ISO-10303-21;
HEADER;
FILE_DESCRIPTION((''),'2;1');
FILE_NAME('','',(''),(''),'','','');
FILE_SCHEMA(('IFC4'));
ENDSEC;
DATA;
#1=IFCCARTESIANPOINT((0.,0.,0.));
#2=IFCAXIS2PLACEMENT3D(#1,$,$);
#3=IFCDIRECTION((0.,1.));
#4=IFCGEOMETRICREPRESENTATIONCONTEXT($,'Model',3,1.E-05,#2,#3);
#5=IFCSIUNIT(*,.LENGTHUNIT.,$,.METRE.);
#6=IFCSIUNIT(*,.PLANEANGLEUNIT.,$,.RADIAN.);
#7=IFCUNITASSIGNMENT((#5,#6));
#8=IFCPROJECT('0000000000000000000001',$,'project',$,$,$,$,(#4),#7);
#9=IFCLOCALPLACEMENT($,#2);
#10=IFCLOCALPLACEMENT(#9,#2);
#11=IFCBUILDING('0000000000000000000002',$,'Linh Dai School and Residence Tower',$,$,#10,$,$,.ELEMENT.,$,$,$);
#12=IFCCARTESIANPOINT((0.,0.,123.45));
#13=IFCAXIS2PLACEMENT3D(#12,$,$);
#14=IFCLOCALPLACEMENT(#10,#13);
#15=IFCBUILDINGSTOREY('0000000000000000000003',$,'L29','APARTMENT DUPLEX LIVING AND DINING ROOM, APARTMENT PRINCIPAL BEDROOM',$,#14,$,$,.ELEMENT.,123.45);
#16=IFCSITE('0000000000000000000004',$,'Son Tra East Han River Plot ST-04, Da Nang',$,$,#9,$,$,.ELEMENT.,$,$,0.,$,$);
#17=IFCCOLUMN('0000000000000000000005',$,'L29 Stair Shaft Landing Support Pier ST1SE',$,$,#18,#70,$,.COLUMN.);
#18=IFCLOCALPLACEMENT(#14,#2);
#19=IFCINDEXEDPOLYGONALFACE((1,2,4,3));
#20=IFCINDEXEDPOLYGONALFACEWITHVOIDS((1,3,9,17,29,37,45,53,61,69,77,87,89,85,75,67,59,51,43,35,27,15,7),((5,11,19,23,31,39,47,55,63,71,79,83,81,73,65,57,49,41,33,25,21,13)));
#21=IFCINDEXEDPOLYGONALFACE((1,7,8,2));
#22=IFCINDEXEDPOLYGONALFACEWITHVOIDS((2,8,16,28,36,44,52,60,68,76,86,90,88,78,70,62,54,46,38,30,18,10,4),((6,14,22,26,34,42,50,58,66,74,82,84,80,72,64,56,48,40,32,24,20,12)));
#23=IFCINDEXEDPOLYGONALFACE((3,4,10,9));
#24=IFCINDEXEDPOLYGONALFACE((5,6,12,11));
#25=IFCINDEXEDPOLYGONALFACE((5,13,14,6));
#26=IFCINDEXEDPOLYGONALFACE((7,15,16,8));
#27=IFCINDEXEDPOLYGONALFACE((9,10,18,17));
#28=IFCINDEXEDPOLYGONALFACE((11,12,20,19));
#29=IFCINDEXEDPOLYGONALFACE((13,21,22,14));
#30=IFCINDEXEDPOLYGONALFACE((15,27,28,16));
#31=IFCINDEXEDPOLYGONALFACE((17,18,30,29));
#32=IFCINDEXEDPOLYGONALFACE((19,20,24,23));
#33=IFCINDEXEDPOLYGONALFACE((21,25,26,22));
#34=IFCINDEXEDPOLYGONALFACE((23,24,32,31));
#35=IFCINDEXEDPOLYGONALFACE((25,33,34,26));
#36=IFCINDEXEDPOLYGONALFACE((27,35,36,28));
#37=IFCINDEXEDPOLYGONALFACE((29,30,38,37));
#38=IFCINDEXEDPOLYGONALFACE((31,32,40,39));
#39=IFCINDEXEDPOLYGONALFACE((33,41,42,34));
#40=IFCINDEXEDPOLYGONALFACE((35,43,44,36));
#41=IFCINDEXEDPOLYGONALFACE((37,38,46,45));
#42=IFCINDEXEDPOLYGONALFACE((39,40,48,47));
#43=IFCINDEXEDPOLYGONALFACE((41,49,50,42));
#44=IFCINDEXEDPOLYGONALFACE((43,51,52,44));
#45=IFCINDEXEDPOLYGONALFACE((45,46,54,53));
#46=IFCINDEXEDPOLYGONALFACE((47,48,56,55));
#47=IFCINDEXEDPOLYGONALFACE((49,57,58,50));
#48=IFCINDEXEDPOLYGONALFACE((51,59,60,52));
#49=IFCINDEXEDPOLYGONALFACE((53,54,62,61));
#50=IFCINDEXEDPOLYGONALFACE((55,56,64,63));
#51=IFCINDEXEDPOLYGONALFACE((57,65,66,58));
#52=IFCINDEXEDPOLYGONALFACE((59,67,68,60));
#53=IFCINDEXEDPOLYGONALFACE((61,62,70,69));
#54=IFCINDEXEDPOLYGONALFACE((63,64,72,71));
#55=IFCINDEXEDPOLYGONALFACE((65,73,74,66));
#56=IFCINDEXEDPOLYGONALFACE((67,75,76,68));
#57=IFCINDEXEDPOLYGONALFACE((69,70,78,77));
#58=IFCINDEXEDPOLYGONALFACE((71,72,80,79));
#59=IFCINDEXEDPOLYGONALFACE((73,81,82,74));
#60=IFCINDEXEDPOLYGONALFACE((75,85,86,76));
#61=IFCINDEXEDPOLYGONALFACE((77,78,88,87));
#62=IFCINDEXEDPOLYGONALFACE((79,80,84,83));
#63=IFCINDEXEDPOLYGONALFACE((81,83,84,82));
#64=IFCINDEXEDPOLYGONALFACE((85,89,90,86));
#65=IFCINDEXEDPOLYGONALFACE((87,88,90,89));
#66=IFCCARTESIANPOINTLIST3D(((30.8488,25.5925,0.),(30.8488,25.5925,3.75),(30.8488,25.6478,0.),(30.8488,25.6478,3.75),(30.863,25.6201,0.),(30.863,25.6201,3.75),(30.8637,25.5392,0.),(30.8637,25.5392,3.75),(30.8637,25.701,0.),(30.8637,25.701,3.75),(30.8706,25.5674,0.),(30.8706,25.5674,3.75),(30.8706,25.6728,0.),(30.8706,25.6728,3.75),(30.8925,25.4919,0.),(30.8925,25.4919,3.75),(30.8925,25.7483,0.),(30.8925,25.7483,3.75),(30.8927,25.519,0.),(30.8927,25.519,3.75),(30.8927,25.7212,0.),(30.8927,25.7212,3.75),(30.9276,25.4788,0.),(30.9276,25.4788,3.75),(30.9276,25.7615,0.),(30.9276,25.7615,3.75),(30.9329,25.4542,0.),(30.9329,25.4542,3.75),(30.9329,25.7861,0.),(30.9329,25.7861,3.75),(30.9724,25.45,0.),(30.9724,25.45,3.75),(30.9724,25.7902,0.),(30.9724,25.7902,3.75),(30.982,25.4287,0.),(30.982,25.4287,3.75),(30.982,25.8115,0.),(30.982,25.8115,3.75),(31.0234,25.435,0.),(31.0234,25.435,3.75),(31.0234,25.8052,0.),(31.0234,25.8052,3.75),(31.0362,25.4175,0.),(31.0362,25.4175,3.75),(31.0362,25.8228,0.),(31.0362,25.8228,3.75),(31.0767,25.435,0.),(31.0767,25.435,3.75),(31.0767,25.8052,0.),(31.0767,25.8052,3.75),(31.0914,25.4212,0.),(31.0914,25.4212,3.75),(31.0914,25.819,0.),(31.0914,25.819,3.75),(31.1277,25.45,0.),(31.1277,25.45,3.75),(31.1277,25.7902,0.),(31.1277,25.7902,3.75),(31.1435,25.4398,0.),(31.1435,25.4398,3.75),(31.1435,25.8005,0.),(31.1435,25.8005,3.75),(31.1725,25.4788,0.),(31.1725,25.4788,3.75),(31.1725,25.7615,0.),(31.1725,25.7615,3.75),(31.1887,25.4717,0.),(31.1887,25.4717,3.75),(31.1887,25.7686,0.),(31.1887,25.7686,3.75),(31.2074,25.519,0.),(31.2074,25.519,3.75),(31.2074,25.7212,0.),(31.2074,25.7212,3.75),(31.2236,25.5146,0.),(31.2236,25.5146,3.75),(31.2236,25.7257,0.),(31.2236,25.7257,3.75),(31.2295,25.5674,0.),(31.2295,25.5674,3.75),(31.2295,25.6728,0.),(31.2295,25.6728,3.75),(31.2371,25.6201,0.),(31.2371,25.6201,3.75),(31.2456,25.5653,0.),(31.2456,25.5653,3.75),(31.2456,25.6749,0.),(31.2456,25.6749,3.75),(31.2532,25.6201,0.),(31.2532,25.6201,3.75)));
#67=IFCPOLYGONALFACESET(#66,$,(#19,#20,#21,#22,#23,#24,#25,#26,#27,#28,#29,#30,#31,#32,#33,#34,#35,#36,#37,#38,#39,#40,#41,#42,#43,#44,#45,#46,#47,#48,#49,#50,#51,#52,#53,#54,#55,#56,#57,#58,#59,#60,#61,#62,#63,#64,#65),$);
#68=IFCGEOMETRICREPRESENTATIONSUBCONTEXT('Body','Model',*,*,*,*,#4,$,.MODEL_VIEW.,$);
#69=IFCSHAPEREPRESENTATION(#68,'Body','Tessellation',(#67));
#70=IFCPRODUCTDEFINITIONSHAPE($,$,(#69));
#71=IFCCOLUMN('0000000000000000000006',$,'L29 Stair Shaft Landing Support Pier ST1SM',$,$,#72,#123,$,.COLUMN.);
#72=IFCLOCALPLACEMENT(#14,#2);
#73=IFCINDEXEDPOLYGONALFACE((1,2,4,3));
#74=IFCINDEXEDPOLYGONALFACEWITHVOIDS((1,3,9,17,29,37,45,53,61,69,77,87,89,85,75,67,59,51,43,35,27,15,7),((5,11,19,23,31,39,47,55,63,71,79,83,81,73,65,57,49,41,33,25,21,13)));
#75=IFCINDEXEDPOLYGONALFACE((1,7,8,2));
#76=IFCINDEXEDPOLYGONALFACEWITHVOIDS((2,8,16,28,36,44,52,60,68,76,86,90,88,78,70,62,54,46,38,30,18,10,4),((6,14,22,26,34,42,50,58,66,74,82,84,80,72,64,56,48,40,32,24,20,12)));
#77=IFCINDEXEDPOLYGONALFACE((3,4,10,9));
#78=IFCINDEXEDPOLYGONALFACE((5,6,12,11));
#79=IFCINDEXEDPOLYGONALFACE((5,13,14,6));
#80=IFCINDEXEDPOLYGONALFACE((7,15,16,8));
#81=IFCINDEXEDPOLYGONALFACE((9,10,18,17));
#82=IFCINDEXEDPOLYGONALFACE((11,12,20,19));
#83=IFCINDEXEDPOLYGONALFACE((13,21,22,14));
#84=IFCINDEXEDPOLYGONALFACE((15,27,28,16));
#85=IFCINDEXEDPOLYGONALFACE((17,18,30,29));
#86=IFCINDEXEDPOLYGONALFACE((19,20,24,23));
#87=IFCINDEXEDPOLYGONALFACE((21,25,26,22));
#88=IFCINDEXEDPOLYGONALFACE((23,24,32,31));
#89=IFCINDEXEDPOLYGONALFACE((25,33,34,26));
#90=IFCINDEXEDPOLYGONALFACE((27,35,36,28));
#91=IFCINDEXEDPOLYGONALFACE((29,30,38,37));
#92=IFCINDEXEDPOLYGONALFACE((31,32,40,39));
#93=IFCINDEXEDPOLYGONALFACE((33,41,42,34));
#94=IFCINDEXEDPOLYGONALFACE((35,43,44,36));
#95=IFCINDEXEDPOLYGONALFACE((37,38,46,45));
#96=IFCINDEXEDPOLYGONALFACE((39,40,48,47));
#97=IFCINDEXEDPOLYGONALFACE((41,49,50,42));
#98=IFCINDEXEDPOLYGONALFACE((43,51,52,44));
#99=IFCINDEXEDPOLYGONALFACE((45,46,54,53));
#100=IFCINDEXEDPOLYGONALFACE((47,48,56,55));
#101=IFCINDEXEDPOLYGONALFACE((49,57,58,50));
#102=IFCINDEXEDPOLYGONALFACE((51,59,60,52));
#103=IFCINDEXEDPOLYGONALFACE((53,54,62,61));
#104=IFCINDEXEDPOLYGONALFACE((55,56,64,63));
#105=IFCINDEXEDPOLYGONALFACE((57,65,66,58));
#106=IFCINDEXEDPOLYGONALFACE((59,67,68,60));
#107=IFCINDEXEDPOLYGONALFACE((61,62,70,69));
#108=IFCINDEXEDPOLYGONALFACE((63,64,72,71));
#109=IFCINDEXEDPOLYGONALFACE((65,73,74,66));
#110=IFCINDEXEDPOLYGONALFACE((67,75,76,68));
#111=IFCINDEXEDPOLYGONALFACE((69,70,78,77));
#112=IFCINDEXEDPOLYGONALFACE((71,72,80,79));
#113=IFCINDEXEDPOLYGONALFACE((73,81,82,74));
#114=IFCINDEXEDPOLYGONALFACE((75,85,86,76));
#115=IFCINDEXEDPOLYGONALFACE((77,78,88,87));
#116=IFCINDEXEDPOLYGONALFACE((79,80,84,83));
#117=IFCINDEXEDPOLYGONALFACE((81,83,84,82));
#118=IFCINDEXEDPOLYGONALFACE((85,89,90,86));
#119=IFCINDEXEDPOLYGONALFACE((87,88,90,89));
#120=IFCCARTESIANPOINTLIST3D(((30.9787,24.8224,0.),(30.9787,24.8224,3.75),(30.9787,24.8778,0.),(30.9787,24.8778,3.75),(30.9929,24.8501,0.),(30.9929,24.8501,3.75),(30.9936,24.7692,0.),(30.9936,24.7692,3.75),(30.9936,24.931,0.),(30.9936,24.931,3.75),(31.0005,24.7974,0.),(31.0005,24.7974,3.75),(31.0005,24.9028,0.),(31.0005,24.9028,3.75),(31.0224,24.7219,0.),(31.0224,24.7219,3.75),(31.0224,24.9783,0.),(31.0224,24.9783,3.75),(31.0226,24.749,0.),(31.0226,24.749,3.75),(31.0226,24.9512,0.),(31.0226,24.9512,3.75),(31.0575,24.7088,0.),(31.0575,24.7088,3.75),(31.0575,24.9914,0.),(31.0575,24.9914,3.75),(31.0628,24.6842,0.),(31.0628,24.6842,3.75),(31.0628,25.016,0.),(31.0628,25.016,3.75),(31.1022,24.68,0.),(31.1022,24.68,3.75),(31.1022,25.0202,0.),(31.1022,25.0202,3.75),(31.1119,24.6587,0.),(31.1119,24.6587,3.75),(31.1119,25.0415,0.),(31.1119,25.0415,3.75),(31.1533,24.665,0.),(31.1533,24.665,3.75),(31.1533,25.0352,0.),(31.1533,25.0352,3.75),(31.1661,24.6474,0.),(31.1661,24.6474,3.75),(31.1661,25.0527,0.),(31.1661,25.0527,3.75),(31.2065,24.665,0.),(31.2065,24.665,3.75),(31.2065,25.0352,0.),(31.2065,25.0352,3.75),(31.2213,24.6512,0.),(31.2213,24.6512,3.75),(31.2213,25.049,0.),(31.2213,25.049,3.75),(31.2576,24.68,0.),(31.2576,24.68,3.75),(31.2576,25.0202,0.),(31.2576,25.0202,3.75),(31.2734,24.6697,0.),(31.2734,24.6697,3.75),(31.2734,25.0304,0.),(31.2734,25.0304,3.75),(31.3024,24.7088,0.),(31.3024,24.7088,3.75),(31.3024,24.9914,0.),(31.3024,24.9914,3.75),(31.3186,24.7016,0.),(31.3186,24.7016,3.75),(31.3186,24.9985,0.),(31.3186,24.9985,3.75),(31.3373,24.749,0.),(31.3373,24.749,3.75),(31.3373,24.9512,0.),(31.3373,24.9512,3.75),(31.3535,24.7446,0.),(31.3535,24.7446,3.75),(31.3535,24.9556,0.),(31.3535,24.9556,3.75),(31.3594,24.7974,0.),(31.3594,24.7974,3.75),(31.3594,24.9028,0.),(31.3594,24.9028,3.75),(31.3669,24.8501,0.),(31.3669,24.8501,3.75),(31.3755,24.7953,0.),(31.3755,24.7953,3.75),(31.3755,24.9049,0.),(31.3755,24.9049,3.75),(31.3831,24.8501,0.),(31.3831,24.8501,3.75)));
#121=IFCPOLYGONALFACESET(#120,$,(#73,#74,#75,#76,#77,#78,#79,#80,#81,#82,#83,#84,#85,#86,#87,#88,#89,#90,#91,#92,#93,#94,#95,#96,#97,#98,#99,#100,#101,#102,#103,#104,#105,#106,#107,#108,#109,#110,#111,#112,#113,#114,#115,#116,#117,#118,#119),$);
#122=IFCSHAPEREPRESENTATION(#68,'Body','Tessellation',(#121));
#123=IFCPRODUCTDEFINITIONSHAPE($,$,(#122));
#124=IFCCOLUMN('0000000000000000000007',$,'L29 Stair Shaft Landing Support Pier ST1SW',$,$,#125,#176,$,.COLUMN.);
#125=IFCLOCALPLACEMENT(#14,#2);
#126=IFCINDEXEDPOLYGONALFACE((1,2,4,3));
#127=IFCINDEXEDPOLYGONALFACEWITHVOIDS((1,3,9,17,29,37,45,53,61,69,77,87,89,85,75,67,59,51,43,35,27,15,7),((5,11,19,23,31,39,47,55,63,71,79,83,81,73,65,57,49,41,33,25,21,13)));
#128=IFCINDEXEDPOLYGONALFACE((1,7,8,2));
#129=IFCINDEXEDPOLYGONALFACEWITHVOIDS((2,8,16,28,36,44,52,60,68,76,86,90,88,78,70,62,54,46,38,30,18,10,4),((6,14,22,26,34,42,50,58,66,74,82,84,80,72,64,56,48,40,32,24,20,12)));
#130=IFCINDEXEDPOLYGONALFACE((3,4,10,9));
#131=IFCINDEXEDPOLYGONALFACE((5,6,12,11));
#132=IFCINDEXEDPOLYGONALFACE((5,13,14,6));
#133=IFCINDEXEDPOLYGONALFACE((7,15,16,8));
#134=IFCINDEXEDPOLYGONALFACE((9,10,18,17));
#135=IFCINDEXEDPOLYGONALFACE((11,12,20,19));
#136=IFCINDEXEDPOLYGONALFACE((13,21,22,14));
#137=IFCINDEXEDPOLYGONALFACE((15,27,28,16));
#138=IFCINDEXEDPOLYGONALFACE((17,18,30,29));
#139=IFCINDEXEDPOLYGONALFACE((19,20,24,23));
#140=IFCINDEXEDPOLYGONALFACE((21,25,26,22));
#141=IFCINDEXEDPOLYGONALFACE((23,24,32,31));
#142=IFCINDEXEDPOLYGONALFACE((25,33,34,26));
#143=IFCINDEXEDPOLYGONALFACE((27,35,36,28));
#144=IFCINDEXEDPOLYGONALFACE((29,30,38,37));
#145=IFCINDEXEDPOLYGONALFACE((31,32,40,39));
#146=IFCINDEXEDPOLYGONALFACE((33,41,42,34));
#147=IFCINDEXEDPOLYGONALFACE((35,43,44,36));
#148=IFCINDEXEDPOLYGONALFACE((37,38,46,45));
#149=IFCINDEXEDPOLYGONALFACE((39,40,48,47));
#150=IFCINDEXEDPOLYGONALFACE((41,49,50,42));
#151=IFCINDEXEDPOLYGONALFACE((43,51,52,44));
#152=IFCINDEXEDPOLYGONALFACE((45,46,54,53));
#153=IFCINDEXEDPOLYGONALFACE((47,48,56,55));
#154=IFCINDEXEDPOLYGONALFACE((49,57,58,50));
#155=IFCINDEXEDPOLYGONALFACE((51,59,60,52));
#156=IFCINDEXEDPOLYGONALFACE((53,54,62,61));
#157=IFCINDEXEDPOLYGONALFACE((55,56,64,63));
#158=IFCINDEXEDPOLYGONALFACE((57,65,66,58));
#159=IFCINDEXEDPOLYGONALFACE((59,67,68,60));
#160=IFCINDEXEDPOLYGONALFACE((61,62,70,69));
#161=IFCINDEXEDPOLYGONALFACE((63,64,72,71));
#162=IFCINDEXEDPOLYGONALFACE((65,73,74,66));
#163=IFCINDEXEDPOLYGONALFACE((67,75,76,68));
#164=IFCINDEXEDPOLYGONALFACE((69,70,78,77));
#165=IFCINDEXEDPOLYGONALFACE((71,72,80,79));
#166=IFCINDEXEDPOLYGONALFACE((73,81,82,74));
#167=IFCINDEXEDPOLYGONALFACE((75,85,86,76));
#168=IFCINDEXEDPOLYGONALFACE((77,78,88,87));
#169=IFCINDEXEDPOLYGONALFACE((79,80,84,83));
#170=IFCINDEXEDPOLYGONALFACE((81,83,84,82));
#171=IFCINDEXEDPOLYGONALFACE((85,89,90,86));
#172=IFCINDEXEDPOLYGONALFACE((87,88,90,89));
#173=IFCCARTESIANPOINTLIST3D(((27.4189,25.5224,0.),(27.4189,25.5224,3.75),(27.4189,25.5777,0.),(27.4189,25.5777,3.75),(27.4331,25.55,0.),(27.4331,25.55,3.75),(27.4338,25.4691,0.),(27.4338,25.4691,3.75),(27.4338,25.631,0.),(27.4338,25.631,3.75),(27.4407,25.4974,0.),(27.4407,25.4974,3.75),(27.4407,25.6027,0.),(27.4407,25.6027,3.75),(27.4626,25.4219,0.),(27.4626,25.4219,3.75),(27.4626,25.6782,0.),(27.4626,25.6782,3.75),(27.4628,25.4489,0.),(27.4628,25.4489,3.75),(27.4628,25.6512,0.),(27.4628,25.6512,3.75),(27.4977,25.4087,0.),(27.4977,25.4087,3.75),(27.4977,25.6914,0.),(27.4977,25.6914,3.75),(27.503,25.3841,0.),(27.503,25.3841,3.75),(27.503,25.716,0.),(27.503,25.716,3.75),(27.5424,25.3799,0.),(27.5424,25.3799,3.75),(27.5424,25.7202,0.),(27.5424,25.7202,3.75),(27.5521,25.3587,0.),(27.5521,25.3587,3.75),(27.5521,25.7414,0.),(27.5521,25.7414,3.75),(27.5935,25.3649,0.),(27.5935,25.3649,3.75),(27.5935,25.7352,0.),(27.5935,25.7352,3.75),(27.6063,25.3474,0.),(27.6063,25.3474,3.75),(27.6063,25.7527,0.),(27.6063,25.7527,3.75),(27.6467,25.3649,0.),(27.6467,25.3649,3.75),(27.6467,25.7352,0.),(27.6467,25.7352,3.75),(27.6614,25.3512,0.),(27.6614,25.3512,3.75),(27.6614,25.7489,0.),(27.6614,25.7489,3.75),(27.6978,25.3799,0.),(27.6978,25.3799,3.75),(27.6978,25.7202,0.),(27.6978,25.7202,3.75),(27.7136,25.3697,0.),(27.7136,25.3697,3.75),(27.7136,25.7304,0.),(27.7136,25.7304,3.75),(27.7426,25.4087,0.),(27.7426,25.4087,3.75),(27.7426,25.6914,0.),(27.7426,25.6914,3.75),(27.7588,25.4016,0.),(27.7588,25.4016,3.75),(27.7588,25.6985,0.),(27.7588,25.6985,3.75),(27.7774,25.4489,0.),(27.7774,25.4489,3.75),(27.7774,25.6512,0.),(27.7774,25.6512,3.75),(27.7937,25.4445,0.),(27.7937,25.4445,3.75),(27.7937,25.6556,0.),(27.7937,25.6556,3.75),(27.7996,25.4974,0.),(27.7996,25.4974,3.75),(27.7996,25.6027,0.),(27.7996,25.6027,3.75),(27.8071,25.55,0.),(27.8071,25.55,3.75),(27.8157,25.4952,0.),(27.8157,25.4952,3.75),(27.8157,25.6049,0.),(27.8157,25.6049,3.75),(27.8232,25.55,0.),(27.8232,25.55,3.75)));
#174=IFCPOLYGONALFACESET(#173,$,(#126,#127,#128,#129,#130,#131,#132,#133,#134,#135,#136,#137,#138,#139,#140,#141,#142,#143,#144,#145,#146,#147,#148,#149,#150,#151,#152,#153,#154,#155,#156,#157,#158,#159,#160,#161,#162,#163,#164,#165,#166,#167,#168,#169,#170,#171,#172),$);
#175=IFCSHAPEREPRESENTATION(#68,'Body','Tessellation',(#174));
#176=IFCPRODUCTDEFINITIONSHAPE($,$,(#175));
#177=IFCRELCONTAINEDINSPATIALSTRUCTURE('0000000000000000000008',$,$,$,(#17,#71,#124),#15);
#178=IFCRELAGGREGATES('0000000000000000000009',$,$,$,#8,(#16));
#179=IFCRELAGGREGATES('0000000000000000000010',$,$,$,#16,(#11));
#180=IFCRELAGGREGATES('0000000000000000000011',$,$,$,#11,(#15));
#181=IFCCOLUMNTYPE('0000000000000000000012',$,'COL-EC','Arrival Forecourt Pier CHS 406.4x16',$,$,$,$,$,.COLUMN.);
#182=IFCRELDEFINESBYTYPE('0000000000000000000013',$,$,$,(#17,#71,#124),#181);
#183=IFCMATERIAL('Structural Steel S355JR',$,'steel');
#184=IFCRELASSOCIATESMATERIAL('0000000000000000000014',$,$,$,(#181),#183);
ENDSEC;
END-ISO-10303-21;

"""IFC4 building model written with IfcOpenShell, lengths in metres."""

from ifc_helpers import new_model, si_unit, direction, frame, origin, origin_2d, place, context, subcontext, project, spatial, hollow_circle, extrude, material, material_profile, profile_set, type_object, element, save


model = new_model("IFC4")

# Units and contexts
model_context = context("Model", 3, precision=1e-05, world=origin(), true_north=direction((0.0, 1.0)))
body_context = subcontext(model_context, "Body", "Model", "MODEL_VIEW")
ifc_project = project(units=[si_unit("LENGTHUNIT", "METRE"), si_unit("PLANEANGLEUNIT", "RADIAN")], contexts=[model_context])

# Site, building, storey
site_placement = place(None, origin())
site = spatial("IfcSite", under=ifc_project, at=site_placement, Name="Son Tra East Han River Plot ST-04, Da Nang", CompositionType="ELEMENT", RefElevation=0.0)
building_placement = place(site_placement, origin())
building = spatial("IfcBuilding", under=site, at=building_placement, Name="Linh Dai School and Residence Tower", CompositionType="ELEMENT")
storey_placement = place(building_placement, frame((0.0, 0.0, 123.45)))
storey = spatial("IfcBuildingStorey", under=building, at=storey_placement, Name="L29", Description="APARTMENT DUPLEX LIVING AND DINING ROOM, APARTMENT PRINCIPAL BEDROOM", CompositionType="ELEMENT", Elevation=123.45)

# Columns
ifc_material_1 = material(Name="Structural Steel S355JR", Category="steel")
ifc_material_profile_1 = material_profile(ifc_material_1, hollow_circle(Radius=0.2031, WallThickness=0.0161, at=origin_2d()), Name="CHS 406.4x16")
ifc_profile_set_1 = profile_set([ifc_material_profile_1], Name="Structural Steel S355JR")
column_type = type_object("IfcColumnType", Name="COL-EC", Description="Arrival Forecourt Pier CHS 406.4x16", PredefinedType="COLUMN", material=ifc_profile_set_1)
for number, where, z_axis, x_axis, name in (
    (1, (31.05, 25.6201, 0.0), (0.0, 0.0, 1.0), (1.0, 0.0, 0.0), "L29 Stair Shaft Landing Support Pier ST1SE"),
    (2, (31.1799, 24.8501, 0.0), (0.0, 0.0, 1.0), (1.0, 0.0, 0.0), "L29 Stair Shaft Landing Support Pier ST1SM"),
    (3, (27.6201, 25.55, 0.0), (0.0, 0.0, 1.0), (1.0, 0.0, 0.0), "L29 Stair Shaft Landing Support Pier ST1SW"),
):
    element("IfcColumn", number, at=place(storey_placement, frame(where, z_axis=z_axis, x_axis=x_axis)), inside=storey, type_object=column_type, Name=name, PredefinedType="COLUMN", context=body_context, shape_type="SweptSolid", body=[
        extrude(hollow_circle(Radius=0.2031, WallThickness=0.0161, at=origin_2d()), origin(), (0.0, 0.0, 1.0), 3.75),
    ])

save(model, "model.ifc")
